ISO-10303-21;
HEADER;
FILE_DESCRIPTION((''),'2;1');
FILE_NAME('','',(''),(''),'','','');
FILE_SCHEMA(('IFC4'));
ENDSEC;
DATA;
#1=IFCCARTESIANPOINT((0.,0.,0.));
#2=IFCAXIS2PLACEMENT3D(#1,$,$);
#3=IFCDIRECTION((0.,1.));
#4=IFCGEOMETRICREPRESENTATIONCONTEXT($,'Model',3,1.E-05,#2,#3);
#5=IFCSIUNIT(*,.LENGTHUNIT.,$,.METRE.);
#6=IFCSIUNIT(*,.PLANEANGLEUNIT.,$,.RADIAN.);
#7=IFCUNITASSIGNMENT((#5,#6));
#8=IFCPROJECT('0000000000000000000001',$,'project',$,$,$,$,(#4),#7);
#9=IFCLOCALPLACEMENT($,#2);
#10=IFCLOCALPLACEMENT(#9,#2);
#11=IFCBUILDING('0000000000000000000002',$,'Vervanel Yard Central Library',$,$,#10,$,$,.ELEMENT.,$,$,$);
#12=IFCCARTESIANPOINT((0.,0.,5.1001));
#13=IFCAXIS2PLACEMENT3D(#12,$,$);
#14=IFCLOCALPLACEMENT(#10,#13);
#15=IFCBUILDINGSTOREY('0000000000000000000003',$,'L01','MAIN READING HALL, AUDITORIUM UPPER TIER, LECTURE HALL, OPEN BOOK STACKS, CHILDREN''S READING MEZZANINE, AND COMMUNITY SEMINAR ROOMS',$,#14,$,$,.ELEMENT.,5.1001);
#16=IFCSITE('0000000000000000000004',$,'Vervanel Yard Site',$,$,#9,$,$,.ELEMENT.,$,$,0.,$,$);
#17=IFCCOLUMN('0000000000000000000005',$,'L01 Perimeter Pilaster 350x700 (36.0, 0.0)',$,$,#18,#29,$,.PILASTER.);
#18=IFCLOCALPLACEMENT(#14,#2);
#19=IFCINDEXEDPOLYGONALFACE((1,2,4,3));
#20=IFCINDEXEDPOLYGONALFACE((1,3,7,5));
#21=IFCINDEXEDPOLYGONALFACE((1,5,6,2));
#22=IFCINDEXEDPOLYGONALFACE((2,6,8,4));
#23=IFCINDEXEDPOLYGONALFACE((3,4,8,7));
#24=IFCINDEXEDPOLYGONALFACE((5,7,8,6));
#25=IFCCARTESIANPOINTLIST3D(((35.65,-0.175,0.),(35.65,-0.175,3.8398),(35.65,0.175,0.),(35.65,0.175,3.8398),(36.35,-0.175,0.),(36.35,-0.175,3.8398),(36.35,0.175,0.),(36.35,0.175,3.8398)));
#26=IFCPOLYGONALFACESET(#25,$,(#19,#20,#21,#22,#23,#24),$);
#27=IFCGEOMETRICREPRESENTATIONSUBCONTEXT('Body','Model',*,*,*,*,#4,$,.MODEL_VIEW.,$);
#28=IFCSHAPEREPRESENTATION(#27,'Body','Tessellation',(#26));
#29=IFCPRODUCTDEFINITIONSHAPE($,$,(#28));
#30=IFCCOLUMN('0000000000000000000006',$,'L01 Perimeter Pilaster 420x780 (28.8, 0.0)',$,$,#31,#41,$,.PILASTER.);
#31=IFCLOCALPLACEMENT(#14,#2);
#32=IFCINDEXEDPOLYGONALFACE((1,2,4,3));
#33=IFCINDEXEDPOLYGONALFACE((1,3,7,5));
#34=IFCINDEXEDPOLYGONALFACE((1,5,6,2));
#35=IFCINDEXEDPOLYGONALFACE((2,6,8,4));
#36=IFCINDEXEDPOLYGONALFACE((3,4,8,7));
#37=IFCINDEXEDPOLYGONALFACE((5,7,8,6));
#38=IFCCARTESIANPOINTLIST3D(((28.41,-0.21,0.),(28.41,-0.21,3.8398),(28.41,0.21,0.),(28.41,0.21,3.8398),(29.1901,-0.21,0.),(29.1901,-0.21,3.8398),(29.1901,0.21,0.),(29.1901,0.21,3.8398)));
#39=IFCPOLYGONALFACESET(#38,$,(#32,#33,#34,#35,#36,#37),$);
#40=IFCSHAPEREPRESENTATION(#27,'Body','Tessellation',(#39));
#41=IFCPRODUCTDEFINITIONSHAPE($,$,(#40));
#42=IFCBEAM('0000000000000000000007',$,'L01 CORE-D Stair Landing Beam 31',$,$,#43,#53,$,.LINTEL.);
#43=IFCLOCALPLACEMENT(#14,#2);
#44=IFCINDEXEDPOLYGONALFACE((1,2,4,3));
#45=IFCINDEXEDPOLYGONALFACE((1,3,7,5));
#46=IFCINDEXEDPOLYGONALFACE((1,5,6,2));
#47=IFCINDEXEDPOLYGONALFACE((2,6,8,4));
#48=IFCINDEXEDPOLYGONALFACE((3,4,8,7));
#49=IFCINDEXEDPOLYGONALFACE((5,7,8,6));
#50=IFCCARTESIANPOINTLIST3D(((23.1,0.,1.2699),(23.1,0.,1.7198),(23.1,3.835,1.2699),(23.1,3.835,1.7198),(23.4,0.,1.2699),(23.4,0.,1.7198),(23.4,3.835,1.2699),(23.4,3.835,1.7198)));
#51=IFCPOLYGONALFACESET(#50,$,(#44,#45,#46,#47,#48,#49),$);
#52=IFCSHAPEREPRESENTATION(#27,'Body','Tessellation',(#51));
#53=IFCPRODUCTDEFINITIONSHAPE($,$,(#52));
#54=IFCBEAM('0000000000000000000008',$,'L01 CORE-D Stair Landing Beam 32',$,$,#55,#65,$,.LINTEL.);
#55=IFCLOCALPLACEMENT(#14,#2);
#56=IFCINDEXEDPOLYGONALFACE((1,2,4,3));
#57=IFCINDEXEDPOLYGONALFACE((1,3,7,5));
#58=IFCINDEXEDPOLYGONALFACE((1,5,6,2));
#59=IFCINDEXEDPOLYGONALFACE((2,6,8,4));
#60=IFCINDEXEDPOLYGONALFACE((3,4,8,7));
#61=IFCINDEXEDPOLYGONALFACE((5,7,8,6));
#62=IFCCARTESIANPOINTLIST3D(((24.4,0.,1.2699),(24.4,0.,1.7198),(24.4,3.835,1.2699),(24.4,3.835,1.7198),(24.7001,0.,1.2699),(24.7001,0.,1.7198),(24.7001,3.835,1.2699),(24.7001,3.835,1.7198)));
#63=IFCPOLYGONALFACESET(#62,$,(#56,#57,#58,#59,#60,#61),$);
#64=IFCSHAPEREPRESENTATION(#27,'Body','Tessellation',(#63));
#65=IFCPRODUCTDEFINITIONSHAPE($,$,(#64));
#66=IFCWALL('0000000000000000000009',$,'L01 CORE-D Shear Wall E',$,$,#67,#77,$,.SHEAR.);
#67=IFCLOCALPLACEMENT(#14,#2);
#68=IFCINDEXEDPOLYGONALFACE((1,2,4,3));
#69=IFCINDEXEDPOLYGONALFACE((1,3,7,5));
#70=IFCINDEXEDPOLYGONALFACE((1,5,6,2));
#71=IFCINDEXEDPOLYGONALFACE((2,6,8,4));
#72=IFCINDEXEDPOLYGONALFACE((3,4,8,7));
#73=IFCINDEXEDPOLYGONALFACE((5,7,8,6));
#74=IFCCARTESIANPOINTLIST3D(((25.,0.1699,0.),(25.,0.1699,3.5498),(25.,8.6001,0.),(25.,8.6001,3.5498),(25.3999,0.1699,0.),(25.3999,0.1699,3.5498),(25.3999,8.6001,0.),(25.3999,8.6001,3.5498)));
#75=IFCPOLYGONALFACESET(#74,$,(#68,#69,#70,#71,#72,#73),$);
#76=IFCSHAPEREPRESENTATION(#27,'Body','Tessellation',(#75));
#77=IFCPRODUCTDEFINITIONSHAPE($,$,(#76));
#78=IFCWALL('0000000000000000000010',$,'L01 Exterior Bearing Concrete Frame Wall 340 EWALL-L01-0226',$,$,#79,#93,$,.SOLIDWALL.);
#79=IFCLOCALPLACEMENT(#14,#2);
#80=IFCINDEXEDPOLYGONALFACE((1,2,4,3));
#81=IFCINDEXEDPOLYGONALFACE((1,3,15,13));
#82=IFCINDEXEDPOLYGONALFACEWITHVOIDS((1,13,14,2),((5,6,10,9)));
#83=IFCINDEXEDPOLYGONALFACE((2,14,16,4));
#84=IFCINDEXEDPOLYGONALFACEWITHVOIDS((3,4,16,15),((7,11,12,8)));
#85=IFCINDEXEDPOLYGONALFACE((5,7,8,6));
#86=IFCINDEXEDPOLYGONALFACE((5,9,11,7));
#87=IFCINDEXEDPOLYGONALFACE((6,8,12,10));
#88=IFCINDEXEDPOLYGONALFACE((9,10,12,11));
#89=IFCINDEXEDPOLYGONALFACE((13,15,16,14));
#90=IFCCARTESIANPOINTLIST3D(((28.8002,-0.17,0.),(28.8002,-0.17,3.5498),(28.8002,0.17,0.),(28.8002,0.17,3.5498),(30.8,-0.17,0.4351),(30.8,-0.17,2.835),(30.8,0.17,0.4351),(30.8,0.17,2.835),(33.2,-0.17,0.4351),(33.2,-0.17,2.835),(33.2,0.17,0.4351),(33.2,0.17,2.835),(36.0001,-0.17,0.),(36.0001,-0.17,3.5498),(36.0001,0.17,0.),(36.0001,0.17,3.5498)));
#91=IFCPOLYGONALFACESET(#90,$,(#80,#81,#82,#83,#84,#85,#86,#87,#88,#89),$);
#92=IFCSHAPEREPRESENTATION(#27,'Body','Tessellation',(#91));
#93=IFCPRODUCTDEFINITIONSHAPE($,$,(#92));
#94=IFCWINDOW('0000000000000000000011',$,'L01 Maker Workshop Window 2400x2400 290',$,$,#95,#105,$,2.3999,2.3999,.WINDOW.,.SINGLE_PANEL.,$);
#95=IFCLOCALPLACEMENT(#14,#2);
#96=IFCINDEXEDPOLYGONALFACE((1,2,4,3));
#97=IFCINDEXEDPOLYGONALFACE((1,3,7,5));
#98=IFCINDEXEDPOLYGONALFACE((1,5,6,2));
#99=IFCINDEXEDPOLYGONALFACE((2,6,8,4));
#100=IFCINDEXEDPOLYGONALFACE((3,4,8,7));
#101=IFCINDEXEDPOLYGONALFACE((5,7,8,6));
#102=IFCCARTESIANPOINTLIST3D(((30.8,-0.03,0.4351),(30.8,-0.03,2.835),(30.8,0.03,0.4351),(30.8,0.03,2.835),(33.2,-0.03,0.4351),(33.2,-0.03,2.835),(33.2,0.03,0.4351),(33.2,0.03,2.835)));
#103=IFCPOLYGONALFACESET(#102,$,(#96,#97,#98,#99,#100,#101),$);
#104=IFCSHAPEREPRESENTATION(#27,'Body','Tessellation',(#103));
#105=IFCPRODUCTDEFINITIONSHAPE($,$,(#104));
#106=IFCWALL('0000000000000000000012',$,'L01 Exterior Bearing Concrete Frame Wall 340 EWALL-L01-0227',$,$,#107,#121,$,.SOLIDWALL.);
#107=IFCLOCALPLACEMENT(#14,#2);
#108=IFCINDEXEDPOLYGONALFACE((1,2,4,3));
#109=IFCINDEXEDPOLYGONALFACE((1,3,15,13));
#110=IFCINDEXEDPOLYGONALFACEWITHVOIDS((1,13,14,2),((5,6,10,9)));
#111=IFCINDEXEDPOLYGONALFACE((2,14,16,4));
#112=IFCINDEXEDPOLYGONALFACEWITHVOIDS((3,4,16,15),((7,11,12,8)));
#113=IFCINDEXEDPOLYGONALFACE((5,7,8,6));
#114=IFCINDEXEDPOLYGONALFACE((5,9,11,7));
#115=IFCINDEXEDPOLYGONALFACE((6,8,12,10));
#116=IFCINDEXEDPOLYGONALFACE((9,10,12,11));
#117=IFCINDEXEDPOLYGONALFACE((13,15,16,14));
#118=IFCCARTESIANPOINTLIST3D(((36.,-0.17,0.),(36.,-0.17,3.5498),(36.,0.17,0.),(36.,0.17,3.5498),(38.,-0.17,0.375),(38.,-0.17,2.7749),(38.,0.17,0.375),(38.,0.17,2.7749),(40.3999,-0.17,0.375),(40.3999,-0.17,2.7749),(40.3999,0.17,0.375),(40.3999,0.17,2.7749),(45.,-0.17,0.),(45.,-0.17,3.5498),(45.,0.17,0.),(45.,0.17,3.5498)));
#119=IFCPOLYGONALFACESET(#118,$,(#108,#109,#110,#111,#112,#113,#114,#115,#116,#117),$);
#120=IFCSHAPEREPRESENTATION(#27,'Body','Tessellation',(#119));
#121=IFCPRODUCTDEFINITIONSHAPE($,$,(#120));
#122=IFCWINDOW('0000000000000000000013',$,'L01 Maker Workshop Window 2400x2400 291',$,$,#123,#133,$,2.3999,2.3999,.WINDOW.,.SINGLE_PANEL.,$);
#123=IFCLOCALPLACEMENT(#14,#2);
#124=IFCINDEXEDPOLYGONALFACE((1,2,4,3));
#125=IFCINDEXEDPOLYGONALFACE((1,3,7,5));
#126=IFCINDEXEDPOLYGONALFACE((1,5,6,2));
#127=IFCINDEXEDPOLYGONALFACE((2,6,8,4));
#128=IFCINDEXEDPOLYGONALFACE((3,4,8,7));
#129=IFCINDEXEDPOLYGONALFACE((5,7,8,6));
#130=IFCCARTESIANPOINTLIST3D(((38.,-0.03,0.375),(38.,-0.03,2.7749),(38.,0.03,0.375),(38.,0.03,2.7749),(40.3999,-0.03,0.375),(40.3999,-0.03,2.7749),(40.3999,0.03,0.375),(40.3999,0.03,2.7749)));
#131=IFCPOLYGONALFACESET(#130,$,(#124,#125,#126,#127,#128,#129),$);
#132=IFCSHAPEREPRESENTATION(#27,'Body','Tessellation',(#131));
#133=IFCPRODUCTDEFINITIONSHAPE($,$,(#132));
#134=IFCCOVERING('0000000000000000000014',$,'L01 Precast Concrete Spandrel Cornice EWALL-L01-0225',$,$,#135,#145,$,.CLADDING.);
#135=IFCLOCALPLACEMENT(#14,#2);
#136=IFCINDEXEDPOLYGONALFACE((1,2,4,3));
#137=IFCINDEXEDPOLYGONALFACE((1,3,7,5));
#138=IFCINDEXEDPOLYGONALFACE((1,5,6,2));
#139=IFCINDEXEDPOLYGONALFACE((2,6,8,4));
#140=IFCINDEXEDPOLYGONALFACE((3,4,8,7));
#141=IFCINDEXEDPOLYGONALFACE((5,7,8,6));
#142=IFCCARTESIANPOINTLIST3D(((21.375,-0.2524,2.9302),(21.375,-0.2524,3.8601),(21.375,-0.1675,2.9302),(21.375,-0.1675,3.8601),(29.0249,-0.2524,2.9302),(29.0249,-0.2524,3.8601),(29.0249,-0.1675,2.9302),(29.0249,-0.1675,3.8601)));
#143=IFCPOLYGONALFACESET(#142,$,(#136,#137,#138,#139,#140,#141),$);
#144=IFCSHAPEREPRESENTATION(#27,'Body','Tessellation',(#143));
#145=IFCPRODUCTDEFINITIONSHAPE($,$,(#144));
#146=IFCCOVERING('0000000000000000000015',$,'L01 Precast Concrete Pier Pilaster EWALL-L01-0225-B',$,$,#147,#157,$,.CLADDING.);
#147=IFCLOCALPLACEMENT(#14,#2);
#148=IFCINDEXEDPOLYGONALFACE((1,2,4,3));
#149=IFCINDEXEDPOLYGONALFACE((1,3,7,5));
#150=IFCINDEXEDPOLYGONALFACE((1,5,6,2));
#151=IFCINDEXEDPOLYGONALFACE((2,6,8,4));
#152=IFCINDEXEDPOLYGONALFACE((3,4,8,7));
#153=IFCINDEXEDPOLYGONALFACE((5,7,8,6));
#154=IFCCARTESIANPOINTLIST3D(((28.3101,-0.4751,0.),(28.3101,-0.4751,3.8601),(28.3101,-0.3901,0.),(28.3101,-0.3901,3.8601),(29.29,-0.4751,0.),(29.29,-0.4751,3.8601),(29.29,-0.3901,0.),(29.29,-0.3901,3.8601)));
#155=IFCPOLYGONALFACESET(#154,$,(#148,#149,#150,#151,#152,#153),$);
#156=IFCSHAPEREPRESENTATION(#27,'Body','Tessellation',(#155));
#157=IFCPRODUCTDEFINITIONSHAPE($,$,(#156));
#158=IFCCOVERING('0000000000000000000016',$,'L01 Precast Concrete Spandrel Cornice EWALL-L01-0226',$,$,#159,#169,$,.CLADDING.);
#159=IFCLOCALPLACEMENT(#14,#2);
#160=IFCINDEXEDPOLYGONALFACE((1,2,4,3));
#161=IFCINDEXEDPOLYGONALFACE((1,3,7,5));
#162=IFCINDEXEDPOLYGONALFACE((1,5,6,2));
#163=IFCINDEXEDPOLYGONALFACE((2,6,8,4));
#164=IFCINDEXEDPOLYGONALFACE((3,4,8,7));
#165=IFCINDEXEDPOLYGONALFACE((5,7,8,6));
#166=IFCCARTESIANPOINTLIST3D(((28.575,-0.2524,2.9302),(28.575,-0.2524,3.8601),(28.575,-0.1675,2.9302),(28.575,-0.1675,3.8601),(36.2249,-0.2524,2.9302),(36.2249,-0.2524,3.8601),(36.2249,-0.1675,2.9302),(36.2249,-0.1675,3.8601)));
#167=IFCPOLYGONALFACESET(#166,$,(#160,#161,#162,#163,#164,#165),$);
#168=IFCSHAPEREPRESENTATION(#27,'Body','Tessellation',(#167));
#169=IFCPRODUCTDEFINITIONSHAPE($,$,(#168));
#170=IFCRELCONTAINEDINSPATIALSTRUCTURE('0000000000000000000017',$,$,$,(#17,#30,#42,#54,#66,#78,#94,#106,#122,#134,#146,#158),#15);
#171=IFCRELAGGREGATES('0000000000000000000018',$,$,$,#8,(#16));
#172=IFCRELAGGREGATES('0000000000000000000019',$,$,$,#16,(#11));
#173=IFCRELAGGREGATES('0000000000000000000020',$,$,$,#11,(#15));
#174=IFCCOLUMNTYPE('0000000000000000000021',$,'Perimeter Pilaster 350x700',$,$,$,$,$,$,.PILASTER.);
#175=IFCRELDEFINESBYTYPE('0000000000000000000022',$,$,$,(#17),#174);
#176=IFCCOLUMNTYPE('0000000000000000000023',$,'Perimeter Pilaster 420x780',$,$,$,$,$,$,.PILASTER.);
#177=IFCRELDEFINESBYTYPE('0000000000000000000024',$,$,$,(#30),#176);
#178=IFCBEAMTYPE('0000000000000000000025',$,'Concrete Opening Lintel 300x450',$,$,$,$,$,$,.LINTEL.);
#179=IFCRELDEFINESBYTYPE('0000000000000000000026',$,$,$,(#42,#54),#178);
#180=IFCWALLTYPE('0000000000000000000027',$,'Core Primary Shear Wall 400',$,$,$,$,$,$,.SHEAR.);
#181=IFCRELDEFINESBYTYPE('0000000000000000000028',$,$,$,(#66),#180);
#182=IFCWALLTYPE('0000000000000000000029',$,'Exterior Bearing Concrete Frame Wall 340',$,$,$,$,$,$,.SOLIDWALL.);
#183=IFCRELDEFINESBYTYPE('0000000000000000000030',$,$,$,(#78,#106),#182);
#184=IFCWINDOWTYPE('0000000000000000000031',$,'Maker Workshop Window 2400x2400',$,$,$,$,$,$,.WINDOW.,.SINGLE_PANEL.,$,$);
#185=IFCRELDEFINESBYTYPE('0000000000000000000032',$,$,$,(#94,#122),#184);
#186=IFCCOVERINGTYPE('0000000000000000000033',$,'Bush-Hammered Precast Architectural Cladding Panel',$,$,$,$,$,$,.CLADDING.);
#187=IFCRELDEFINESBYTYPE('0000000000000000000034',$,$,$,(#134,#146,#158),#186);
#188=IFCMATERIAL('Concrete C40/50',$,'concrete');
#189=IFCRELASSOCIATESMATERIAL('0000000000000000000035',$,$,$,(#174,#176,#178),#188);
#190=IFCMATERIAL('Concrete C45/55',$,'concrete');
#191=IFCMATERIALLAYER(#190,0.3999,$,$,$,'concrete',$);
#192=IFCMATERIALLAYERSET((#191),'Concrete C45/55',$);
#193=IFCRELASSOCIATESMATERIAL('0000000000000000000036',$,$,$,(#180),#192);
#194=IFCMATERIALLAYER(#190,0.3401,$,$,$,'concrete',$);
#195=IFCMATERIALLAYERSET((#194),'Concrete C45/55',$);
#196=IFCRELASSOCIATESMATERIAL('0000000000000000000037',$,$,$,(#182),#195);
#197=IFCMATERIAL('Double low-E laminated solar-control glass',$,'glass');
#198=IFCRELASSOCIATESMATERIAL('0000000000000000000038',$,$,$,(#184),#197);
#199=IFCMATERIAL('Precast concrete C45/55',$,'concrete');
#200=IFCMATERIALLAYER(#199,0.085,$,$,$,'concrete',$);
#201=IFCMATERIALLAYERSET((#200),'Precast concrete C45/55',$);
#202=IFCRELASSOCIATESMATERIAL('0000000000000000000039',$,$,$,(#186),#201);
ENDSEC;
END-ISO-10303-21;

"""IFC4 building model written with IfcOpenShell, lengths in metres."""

from ifc_helpers import new_model, si_unit, direction, frame, frame_2d, origin, origin_2d, place, context, subcontext, project, spatial, rectangle, extrude, material, layer, layer_set, material_profile, profile_set, type_object, element, fill, save


model = new_model("IFC4")

# Units and contexts
model_context = context("Model", 3, precision=1e-05, world=origin(), true_north=direction((0.0, 1.0)))
body_context = subcontext(model_context, "Body", "Model", "MODEL_VIEW")
ifc_project = project(units=[si_unit("LENGTHUNIT", "METRE"), si_unit("PLANEANGLEUNIT", "RADIAN")], contexts=[model_context])

# Site, building, storey
site_placement = place(None, origin())
site = spatial("IfcSite", under=ifc_project, at=site_placement, Name="Vervanel Yard Site", CompositionType="ELEMENT", RefElevation=0.0)
building_placement = place(site_placement, origin())
building = spatial("IfcBuilding", under=site, at=building_placement, Name="Vervanel Yard Central Library", CompositionType="ELEMENT")
storey_placement = place(building_placement, frame((0.0, 0.0, 5.1001)))
storey = spatial("IfcBuildingStorey", under=building, at=storey_placement, Name="L01", Description="MAIN READING HALL, AUDITORIUM UPPER TIER, LECTURE HALL, OPEN BOOK STACKS, CHILDREN'S READING MEZZANINE, AND COMMUNITY SEMINAR ROOMS", CompositionType="ELEMENT", Elevation=5.1001)

# Columns
ifc_material_1 = material(Name="Concrete C40/50", Category="concrete")
ifc_material_profile_1 = material_profile(ifc_material_1, rectangle(XDim=0.3501, YDim=0.7, at=origin_2d()), Name="RC 350x700", Category="concrete")
ifc_profile_set_1 = profile_set([ifc_material_profile_1], Name="Concrete C40/50")
column_type_1 = type_object("IfcColumnType", Name="Perimeter Pilaster 350x700", PredefinedType="PILASTER", material=ifc_profile_set_1)
column_1_placement = place(storey_placement, frame((36.0, 0.0, 0.0), z_axis=(0.0, 0.0, 1.0), x_axis=(0.0, 1.0, 0.0)))
element("IfcColumn", 1, at=column_1_placement, inside=storey, type_object=column_type_1, Name="L01 Perimeter Pilaster 350x700 (36.0, 0.0)", PredefinedType="PILASTER", context=body_context, shape_type="SweptSolid", body=[
    extrude(rectangle(XDim=0.3501, YDim=0.7, at=origin_2d()), origin(), (0.0, 0.0, 1.0), 3.8398),
])
ifc_material_profile_2 = material_profile(ifc_material_1, rectangle(XDim=0.4199, YDim=0.78, at=origin_2d()), Name="RC 420x780", Category="concrete")
ifc_profile_set_2 = profile_set([ifc_material_profile_2], Name="Concrete C40/50")
column_type_2 = type_object("IfcColumnType", Name="Perimeter Pilaster 420x780", PredefinedType="PILASTER", material=ifc_profile_set_2)
column_2_placement = place(storey_placement, frame((28.8, 0.0, 0.0), z_axis=(0.0, 0.0, 1.0), x_axis=(0.0, 1.0, 0.0)))
element("IfcColumn", 2, at=column_2_placement, inside=storey, type_object=column_type_2, Name="L01 Perimeter Pilaster 420x780 (28.8, 0.0)", PredefinedType="PILASTER", context=body_context, shape_type="SweptSolid", body=[
    extrude(rectangle(XDim=0.4199, YDim=0.78, at=origin_2d()), origin(), (0.0, 0.0, 1.0), 3.8398),
])

# Beams
ifc_material_profile_3 = material_profile(ifc_material_1, rectangle(XDim=0.3, YDim=0.45, at=origin_2d()), Name="RC 300x450", Category="concrete")
ifc_profile_set_3 = profile_set([ifc_material_profile_3], Name="Concrete C40/50")
beam_type = type_object("IfcBeamType", Name="Concrete Opening Lintel 300x450", PredefinedType="LINTEL", material=ifc_profile_set_3)
for number, where, z_axis, x_axis, name in (
    (3, (23.25, 0.0, 1.4949), (0.0, 1.0, 0.0), (-1.0, 0.0, 0.0), "L01 CORE-D Stair Landing Beam 31"),
    (4, (24.55, 0.0, 1.4949), (0.0, 1.0, 0.0), (-1.0, 0.0, 0.0), "L01 CORE-D Stair Landing Beam 32"),
):
    element("IfcBeam", number, at=place(storey_placement, frame(where, z_axis=z_axis, x_axis=x_axis)), inside=storey, type_object=beam_type, Name=name, PredefinedType="LINTEL", context=body_context, shape_type="SweptSolid", body=[
        extrude(rectangle(XDim=0.3, YDim=0.45, at=origin_2d()), origin(), (0.0, 0.0, 1.0), 3.835),
    ])

# Wall
ifc_material_2 = material(Name="Concrete C45/55", Category="concrete")
ifc_layer_1 = layer(ifc_material_2, 0.3999, Category="concrete")
ifc_layer_set_1 = layer_set([ifc_layer_1], Name="Concrete C45/55")
wall_type_1 = type_object("IfcWallType", Name="Core Primary Shear Wall 400", PredefinedType="SHEAR", material=ifc_layer_set_1)
wall_1_placement = place(storey_placement, frame((25.2, 0.1699, 0.0), z_axis=(0.0, 0.0, 1.0), x_axis=(0.0, 1.0, 0.0)))
element("IfcWall", 5, at=wall_1_placement, inside=storey, type_object=wall_type_1, Name="L01 CORE-D Shear Wall E", PredefinedType="SHEAR", context=body_context, shape_type="SweptSolid", body=[
    extrude(rectangle(XDim=8.4302, YDim=0.3999, at=frame_2d((4.2151, 0.0))), origin(), (0.0, 0.0, 1.0), 3.5498),
])

# Walls, openings, windows
ifc_layer_2 = layer(ifc_material_2, 0.3401, Category="concrete")
ifc_layer_set_2 = layer_set([ifc_layer_2], Name="Concrete C45/55")
wall_type_2 = type_object("IfcWallType", Name="Exterior Bearing Concrete Frame Wall 340", PredefinedType="SOLIDWALL", material=ifc_layer_set_2)
wall_2_placement = place(storey_placement, frame((28.8, 0.0, 0.0), z_axis=(0.0, 0.0, 1.0), x_axis=(1.0, 0.0, 0.0)))
wall_2 = element("IfcWall", 6, at=wall_2_placement, inside=storey, type_object=wall_type_2, Name="L01 Exterior Bearing Concrete Frame Wall 340 EWALL-L01-0226", PredefinedType="SOLIDWALL", context=body_context, shape_type="SweptSolid", body=[
    extrude(rectangle(XDim=7.2, YDim=0.3401, at=frame_2d((3.6001, 0.0))), origin(), (0.0, 0.0, 1.0), 3.5498),
])
opening_1_placement = place(wall_2_placement, frame((2.0, 0.0, 0.4351)))
opening_1 = element("IfcOpeningElement", 7, at=opening_1_placement, cuts=wall_2, PredefinedType="OPENING", context=body_context, shape_type="SweptSolid", body=[
    extrude(rectangle(XDim=2.3999, YDim=2.3999, at=frame_2d((1.2, 1.2))), frame((0.0, 0.1799, 0.0), z_axis=(0.0, -1.0, 0.0), x_axis=(1.0, 0.0, 0.0)), (0.0, 0.0, 1.0), 0.3601),
])
ifc_material_3 = material(Name="Double low-E laminated solar-control glass", Category="glass")
window_type = type_object("IfcWindowType", Name="Maker Workshop Window 2400x2400", PartitioningType="SINGLE_PANEL", PredefinedType="WINDOW", material=ifc_material_3)
window_1_placement = place(opening_1_placement, origin())
window_1 = element("IfcWindow", 8, at=window_1_placement, inside=storey, type_object=window_type, Name="L01 Maker Workshop Window 2400x2400 290", OverallHeight=2.3999, OverallWidth=2.3999, PartitioningType="SINGLE_PANEL", PredefinedType="WINDOW", context=body_context, shape_type="SweptSolid", body=[
    extrude(rectangle(XDim=2.3999, YDim=2.3999, at=frame_2d((1.2, 1.2))), frame((0.0, 0.03, 0.0), z_axis=(0.0, -1.0, 0.0), x_axis=(1.0, 0.0, 0.0)), (0.0, 0.0, 1.0), 0.0601),
])
fill(opening_1, window_1)
wall_3_placement = place(storey_placement, frame((36.0, 0.0, 0.0), z_axis=(0.0, 0.0, 1.0), x_axis=(1.0, 0.0, 0.0)))
wall_3 = element("IfcWall", 9, at=wall_3_placement, inside=storey, type_object=wall_type_2, Name="L01 Exterior Bearing Concrete Frame Wall 340 EWALL-L01-0227", PredefinedType="SOLIDWALL", context=body_context, shape_type="SweptSolid", body=[
    extrude(rectangle(XDim=9.0, YDim=0.3401, at=frame_2d((4.5, 0.0))), origin(), (0.0, 0.0, 1.0), 3.5498),
])
opening_2_placement = place(wall_3_placement, frame((2.0, 0.0, 0.375)))
opening_2 = element("IfcOpeningElement", 10, at=opening_2_placement, cuts=wall_3, PredefinedType="OPENING", context=body_context, shape_type="SweptSolid", body=[
    extrude(rectangle(XDim=2.3999, YDim=2.3999, at=frame_2d((1.2, 1.2))), frame((0.0, 0.1799, 0.0), z_axis=(0.0, -1.0, 0.0), x_axis=(1.0, 0.0, 0.0)), (0.0, 0.0, 1.0), 0.3601),
])
window_2_placement = place(opening_2_placement, origin())
window_2 = element("IfcWindow", 11, at=window_2_placement, inside=storey, type_object=window_type, Name="L01 Maker Workshop Window 2400x2400 291", OverallHeight=2.3999, OverallWidth=2.3999, PartitioningType="SINGLE_PANEL", PredefinedType="WINDOW", context=body_context, shape_type="SweptSolid", body=[
    extrude(rectangle(XDim=2.3999, YDim=2.3999, at=frame_2d((1.2, 1.2))), frame((0.0, 0.03, 0.0), z_axis=(0.0, -1.0, 0.0), x_axis=(1.0, 0.0, 0.0)), (0.0, 0.0, 1.0), 0.0601),
])
fill(opening_2, window_2)

# Coverings
ifc_material_4 = material(Name="Precast concrete C45/55", Category="concrete")
ifc_layer_3 = layer(ifc_material_4, 0.085, Category="concrete")
ifc_layer_set_3 = layer_set([ifc_layer_3], Name="Precast concrete C45/55")
covering_type = type_object("IfcCoveringType", Name="Bush-Hammered Precast Architectural Cladding Panel", PredefinedType="CLADDING", material=ifc_layer_set_3)
covering_1_placement = place(storey_placement, frame((25.2, -0.21, 2.9302), z_axis=(0.0, 0.0, 1.0), x_axis=(1.0, 0.0, 0.0)))
element("IfcCovering", 12, at=covering_1_placement, inside=storey, type_object=covering_type, Name="L01 Precast Concrete Spandrel Cornice EWALL-L01-0225", PredefinedType="CLADDING", context=body_context, shape_type="SweptSolid", body=[
    extrude(rectangle(XDim=7.6499, YDim=0.085, at=origin_2d()), origin(), (0.0, 0.0, 1.0), 0.9299),
])
covering_2_placement = place(storey_placement, frame((28.8, -0.4326, 0.0), z_axis=(0.0, 0.0, 1.0), x_axis=(1.0, 0.0, 0.0)))
element("IfcCovering", 13, at=covering_2_placement, inside=storey, type_object=covering_type, Name="L01 Precast Concrete Pier Pilaster EWALL-L01-0225-B", PredefinedType="CLADDING", context=body_context, shape_type="SweptSolid", body=[
    extrude(rectangle(XDim=0.98, YDim=0.085, at=origin_2d()), origin(), (0.0, 0.0, 1.0), 3.8601),
])
covering_3_placement = place(storey_placement, frame((32.3999, -0.21, 2.9302), z_axis=(0.0, 0.0, 1.0), x_axis=(1.0, 0.0, 0.0)))
element("IfcCovering", 14, at=covering_3_placement, inside=storey, type_object=covering_type, Name="L01 Precast Concrete Spandrel Cornice EWALL-L01-0226", PredefinedType="CLADDING", context=body_context, shape_type="SweptSolid", body=[
    extrude(rectangle(XDim=7.6499, YDim=0.085, at=origin_2d()), origin(), (0.0, 0.0, 1.0), 0.9299),
])

save(model, "model.ifc")
